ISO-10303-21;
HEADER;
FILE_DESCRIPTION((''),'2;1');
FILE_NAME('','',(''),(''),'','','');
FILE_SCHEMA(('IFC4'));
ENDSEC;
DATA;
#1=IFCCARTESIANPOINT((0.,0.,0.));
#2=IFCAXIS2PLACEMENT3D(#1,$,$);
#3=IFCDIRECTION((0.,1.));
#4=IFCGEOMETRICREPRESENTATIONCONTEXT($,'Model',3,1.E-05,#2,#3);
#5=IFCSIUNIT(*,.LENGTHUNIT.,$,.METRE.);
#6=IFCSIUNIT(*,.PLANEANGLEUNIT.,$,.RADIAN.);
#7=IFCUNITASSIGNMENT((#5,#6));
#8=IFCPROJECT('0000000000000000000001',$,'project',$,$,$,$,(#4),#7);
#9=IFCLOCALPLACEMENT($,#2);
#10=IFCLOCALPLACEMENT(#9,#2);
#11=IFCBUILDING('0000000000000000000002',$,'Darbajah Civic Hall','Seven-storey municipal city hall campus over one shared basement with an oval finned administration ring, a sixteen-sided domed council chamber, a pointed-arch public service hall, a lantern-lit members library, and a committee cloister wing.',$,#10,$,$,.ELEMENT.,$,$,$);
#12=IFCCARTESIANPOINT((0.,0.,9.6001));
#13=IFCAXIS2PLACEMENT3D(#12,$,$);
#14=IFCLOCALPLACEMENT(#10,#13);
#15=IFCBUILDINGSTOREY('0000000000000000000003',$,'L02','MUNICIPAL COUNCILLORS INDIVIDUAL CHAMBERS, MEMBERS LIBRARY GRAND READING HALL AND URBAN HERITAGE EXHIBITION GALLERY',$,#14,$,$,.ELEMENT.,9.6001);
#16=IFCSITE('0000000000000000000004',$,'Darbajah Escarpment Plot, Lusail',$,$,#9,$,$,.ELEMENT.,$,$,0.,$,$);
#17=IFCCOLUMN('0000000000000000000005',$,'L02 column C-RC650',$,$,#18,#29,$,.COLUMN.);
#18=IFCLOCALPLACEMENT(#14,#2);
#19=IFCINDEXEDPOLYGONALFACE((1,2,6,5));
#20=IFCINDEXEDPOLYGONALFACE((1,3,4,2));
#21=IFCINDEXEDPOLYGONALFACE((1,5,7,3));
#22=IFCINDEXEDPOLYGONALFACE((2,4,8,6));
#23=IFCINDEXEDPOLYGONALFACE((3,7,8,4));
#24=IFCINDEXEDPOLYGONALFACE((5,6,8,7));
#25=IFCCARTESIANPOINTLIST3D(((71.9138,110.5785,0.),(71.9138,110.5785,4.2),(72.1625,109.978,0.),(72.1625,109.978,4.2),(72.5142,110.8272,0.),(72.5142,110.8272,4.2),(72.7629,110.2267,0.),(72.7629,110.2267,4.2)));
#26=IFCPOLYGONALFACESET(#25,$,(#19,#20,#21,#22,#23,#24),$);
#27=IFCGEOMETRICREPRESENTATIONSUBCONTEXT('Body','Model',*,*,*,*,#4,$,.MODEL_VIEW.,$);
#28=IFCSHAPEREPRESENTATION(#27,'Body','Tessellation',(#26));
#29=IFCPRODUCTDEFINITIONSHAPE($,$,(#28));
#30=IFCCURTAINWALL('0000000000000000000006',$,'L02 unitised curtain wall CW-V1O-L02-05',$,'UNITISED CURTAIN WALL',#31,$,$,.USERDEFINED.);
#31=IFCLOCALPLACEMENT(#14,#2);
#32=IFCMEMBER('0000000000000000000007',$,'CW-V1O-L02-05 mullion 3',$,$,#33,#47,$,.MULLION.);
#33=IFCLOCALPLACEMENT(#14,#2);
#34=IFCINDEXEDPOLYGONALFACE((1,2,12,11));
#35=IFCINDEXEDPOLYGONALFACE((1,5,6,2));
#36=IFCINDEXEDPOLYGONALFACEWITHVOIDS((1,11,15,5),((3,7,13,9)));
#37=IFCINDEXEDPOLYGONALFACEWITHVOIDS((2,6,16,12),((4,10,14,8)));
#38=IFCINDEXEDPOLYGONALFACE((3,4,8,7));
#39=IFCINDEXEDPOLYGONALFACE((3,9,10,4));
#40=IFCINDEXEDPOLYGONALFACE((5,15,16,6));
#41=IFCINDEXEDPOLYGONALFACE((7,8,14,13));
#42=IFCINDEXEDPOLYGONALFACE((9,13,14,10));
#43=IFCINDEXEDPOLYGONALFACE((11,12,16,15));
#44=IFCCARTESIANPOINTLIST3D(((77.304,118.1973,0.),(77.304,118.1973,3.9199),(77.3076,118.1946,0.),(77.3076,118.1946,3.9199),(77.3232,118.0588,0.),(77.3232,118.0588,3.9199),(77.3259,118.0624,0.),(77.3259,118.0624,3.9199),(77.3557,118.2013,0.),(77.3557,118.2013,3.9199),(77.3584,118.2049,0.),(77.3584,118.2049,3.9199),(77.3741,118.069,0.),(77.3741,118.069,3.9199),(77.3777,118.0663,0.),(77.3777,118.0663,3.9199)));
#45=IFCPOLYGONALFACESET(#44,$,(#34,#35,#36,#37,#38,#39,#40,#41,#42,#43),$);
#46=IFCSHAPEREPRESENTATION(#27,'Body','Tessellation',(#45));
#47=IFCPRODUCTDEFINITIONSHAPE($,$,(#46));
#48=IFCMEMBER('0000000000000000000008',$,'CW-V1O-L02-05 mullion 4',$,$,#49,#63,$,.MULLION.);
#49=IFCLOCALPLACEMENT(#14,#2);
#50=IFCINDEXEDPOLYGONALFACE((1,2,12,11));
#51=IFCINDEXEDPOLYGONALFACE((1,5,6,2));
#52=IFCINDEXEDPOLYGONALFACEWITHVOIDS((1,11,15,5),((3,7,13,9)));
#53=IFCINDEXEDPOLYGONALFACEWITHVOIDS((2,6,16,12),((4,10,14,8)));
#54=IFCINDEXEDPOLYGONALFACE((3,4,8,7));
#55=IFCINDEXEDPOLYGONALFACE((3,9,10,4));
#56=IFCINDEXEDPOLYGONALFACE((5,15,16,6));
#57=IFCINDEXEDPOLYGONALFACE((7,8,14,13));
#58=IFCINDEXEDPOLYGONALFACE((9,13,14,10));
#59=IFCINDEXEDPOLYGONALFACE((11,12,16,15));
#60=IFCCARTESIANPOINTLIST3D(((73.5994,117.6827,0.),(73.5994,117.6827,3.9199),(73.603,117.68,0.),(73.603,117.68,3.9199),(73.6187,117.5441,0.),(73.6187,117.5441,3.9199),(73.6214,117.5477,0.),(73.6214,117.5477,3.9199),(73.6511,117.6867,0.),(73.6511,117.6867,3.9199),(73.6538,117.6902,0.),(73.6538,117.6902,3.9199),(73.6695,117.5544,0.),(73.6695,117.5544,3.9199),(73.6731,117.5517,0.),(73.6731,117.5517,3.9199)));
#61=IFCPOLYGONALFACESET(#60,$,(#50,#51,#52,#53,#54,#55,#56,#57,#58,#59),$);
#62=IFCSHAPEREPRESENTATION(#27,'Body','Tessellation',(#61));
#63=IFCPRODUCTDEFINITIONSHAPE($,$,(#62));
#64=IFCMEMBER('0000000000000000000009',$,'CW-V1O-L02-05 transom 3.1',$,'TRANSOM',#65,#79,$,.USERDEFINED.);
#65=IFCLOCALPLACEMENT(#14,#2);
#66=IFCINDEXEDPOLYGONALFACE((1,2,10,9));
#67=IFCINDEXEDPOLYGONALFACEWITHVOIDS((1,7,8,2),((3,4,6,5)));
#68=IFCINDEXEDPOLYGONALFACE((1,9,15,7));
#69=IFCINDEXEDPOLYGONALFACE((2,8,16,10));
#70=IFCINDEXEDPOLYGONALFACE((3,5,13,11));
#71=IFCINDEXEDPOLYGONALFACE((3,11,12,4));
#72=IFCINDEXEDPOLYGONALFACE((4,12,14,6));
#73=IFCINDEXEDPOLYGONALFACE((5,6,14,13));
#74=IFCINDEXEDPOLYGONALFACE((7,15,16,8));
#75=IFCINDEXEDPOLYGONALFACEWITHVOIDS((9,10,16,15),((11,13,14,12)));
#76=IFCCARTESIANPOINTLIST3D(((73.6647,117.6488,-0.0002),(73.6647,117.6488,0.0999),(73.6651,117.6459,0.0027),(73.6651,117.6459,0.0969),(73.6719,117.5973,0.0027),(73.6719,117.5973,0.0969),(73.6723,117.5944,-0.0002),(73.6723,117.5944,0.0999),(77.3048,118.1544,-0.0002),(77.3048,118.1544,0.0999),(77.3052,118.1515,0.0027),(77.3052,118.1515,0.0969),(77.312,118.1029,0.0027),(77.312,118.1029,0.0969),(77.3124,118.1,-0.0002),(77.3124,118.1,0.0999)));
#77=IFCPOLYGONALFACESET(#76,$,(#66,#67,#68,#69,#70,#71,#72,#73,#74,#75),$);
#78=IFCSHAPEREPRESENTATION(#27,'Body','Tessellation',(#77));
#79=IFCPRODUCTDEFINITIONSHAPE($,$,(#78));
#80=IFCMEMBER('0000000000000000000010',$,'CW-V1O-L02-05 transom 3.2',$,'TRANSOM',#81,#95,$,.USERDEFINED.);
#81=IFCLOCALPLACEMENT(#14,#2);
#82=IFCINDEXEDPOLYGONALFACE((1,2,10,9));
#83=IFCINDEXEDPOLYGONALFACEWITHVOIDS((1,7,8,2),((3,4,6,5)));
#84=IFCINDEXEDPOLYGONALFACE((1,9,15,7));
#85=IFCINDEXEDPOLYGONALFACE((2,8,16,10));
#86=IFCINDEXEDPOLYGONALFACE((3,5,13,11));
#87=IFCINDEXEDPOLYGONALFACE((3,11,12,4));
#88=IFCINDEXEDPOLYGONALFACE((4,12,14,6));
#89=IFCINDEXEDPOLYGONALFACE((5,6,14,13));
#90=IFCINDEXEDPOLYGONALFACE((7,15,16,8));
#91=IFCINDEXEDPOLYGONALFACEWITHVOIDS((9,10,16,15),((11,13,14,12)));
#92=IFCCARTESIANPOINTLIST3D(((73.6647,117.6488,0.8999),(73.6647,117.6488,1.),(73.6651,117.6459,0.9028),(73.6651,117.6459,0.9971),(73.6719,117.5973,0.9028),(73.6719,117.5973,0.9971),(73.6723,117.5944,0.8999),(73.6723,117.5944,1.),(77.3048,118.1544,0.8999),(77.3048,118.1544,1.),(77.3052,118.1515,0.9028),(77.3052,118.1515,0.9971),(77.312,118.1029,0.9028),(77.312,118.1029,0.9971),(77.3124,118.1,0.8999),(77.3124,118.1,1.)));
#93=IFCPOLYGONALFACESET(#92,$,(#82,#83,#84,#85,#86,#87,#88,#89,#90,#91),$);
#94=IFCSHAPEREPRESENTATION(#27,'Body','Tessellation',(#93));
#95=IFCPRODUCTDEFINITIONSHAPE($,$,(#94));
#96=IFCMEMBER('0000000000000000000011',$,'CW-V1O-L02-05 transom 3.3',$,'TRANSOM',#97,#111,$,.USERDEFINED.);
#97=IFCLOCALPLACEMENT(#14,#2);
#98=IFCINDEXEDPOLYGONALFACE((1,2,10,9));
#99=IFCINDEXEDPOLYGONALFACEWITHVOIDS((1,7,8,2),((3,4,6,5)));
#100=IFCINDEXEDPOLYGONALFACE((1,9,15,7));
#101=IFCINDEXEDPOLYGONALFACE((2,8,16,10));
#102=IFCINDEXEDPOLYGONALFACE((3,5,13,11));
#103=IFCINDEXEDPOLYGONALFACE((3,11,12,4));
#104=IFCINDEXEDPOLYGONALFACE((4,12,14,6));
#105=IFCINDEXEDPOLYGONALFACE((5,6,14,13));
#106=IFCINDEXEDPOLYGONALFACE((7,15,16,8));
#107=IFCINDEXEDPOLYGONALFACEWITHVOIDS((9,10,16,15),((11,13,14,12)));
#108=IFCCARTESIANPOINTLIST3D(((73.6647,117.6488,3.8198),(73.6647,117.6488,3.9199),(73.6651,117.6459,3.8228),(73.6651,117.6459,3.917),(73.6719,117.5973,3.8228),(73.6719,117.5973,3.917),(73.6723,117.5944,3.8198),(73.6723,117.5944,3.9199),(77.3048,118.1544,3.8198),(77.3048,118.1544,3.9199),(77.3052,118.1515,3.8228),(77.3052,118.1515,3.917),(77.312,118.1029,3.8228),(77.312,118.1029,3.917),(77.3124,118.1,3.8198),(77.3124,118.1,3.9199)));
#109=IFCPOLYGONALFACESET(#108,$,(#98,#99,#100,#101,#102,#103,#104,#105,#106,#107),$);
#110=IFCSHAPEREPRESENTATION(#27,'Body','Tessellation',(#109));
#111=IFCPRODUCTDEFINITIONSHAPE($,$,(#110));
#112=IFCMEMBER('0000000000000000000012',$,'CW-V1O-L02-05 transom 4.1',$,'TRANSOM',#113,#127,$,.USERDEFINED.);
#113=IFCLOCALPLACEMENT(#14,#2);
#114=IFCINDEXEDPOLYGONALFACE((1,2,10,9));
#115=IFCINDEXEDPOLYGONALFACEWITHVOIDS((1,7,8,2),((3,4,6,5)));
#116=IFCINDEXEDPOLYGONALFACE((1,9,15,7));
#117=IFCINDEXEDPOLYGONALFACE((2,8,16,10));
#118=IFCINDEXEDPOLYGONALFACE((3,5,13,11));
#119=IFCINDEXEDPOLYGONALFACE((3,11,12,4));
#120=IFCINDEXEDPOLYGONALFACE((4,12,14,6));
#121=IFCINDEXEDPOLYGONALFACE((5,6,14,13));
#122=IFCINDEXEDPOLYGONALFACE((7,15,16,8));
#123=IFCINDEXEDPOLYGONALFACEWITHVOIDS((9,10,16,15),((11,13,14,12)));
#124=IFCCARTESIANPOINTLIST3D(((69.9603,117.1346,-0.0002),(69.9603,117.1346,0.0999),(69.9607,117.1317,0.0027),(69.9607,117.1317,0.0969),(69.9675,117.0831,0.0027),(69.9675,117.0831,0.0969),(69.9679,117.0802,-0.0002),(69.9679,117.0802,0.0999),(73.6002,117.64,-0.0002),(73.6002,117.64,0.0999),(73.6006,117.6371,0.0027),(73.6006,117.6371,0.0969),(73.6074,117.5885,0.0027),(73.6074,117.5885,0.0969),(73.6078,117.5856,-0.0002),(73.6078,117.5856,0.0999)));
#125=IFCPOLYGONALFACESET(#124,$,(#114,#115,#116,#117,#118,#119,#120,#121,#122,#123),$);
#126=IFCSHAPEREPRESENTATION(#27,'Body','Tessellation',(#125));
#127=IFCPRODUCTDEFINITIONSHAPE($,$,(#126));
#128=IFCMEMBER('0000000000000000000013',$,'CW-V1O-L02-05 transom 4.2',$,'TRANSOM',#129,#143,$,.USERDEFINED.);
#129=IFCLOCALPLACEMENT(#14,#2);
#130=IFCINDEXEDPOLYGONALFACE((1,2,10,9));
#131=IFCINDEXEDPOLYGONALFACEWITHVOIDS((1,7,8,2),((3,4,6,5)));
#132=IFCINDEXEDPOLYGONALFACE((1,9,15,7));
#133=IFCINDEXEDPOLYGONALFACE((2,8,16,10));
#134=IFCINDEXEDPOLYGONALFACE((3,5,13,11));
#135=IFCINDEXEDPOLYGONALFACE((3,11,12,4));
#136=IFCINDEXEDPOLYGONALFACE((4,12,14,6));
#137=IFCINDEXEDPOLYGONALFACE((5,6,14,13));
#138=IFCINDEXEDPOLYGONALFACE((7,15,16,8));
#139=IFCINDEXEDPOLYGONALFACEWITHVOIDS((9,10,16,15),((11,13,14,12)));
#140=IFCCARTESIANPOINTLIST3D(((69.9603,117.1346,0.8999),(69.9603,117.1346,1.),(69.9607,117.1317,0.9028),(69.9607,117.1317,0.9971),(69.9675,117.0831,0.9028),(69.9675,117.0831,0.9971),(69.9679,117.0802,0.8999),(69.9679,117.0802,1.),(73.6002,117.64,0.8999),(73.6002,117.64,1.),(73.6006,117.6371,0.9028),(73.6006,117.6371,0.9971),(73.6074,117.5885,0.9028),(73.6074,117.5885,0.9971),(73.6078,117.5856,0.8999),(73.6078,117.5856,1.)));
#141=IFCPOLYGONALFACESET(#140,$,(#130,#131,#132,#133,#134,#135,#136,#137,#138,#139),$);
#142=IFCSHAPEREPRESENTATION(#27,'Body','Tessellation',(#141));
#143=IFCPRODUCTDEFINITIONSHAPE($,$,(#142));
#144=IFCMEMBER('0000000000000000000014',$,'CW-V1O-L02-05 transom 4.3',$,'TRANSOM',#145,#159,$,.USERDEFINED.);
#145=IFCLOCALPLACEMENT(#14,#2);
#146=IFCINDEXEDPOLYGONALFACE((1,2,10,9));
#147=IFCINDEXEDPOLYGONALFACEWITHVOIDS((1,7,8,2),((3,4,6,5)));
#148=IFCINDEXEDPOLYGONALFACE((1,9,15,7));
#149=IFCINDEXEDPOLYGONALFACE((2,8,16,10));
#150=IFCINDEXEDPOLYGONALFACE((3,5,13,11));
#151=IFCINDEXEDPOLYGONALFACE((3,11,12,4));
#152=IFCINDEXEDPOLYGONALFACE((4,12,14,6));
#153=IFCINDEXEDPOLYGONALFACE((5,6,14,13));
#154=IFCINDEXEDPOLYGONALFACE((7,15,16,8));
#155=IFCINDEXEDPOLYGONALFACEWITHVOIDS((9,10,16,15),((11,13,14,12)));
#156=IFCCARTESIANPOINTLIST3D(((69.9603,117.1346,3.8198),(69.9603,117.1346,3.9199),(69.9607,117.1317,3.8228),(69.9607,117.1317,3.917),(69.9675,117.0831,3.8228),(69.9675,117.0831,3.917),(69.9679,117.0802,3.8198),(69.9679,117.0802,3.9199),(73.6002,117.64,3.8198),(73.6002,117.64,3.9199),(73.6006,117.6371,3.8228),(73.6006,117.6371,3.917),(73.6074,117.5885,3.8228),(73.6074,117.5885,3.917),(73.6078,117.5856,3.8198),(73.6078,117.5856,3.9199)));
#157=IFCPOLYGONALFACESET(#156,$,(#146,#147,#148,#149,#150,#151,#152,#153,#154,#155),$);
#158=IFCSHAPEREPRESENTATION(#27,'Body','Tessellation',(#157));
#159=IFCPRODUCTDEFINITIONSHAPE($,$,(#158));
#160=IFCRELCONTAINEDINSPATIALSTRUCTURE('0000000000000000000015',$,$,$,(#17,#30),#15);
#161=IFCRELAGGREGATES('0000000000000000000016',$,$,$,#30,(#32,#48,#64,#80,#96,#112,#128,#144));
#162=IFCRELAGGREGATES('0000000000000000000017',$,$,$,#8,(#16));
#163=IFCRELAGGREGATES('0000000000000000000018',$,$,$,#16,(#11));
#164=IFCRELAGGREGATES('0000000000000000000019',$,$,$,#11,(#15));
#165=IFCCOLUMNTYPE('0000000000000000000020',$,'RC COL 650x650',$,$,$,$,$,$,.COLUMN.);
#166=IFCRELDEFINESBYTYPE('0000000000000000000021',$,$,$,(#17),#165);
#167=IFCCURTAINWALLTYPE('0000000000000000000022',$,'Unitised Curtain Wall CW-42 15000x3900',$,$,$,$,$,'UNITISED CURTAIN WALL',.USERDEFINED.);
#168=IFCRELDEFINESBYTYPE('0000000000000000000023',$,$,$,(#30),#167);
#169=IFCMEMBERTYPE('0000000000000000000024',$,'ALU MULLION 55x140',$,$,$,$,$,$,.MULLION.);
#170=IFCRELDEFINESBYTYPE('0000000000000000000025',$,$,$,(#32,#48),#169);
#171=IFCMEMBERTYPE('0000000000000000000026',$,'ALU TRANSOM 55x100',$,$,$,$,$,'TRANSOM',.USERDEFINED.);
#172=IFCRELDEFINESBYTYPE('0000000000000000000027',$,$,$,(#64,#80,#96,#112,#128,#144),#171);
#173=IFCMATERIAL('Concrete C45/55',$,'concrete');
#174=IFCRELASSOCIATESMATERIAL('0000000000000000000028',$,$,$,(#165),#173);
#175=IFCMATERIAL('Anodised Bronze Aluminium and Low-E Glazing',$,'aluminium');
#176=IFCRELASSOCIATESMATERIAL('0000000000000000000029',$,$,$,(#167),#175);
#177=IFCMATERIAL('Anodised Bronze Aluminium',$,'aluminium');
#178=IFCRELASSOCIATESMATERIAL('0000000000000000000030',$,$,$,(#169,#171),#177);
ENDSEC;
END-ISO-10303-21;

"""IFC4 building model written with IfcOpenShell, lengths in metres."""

from ifc_helpers import new_model, si_unit, direction, frame, origin, origin_2d, place, context, subcontext, project, spatial, rectangle, hollow_rectangle, extrude, material, material_profile, profile_set, type_object, element, aggregate, save


model = new_model("IFC4")

# Units and contexts
model_context = context("Model", 3, precision=1e-05, world=origin(), true_north=direction((0.0, 1.0)))
body_context = subcontext(model_context, "Body", "Model", "MODEL_VIEW")
ifc_project = project(units=[si_unit("LENGTHUNIT", "METRE"), si_unit("PLANEANGLEUNIT", "RADIAN")], contexts=[model_context])

# Site, building, storey
site_placement = place(None, origin())
site = spatial("IfcSite", under=ifc_project, at=site_placement, Name="Darbajah Escarpment Plot, Lusail", CompositionType="ELEMENT", RefElevation=0.0)
building_placement = place(site_placement, origin())
building = spatial("IfcBuilding", under=site, at=building_placement, Name="Darbajah Civic Hall", Description="Seven-storey municipal city hall campus over one shared basement with an oval finned administration ring, a sixteen-sided domed council chamber, a pointed-arch public service hall, a lantern-lit members library, and a committee cloister wing.", CompositionType="ELEMENT")
storey_placement = place(building_placement, frame((0.0, 0.0, 9.6001)))
storey = spatial("IfcBuildingStorey", under=building, at=storey_placement, Name="L02", Description="MUNICIPAL COUNCILLORS INDIVIDUAL CHAMBERS, MEMBERS LIBRARY GRAND READING HALL AND URBAN HERITAGE EXHIBITION GALLERY", CompositionType="ELEMENT", Elevation=9.6001)

# Column
ifc_material_1 = material(Name="Concrete C45/55", Category="concrete")
ifc_material_profile_1 = material_profile(ifc_material_1, rectangle(XDim=0.6499, YDim=0.6499, at=origin_2d()), Name="RC COL 650x650")
ifc_profile_set_1 = profile_set([ifc_material_profile_1], Name="Concrete C45/55")
column_type = type_object("IfcColumnType", Name="RC COL 650x650", PredefinedType="COLUMN", material=ifc_profile_set_1)
column_placement = place(storey_placement, frame((72.3384, 110.4026, 0.0), z_axis=(0.0, 0.0, 1.0), x_axis=(-0.382683, 0.92388, 0.0)))
element("IfcColumn", 1, at=column_placement, inside=storey, type_object=column_type, Name="L02 column C-RC650", PredefinedType="COLUMN", context=body_context, shape_type="SweptSolid", body=[
    extrude(rectangle(XDim=0.6499, YDim=0.6499, at=origin_2d()), origin(), (0.0, 0.0, 1.0), 4.2),
])

# Curtain wall, members
ifc_material_2 = material(Name="Anodised Bronze Aluminium and Low-E Glazing", Category="aluminium")
curtain_wall_type = type_object("IfcCurtainWallType", Name="Unitised Curtain Wall CW-42 15000x3900", ElementType="UNITISED CURTAIN WALL", PredefinedType="USERDEFINED", material=ifc_material_2)
curtain_wall_placement = place(storey_placement, origin())
curtain_wall = element("IfcCurtainWall", 2, at=curtain_wall_placement, inside=storey, type_object=curtain_wall_type, Name="L02 unitised curtain wall CW-V1O-L02-05", ObjectType="UNITISED CURTAIN WALL", PredefinedType="USERDEFINED")
ifc_material_3 = material(Name="Anodised Bronze Aluminium", Category="aluminium")
ifc_material_profile_2 = material_profile(ifc_material_3, hollow_rectangle(XDim=0.0549, YDim=0.1399, WallThickness=0.0032, at=origin_2d()), Name="ALU MULLION 55x140")
ifc_profile_set_2 = profile_set([ifc_material_profile_2], Name="Anodised Bronze Aluminium")
member_type_1 = type_object("IfcMemberType", Name="ALU MULLION 55x140", PredefinedType="MULLION", material=ifc_profile_set_2)
member_1_placement = place(storey_placement, frame((77.3408, 118.1318, 0.0), z_axis=(0.0, 0.0, 1.0), x_axis=(-0.990485, -0.137617, 0.0)))
member_1 = element("IfcMember", 3, at=member_1_placement, type_object=member_type_1, Name="CW-V1O-L02-05 mullion 3", PredefinedType="MULLION", context=body_context, shape_type="SweptSolid", body=[
    extrude(hollow_rectangle(XDim=0.0549, YDim=0.1399, WallThickness=0.0032, at=origin_2d()), origin(), (0.0, 0.0, 1.0), 3.9199),
])
member_2_placement = place(storey_placement, frame((73.6362, 117.6172, 0.0), z_axis=(0.0, 0.0, 1.0), x_axis=(-0.990485, -0.137617, 0.0)))
member_2 = element("IfcMember", 4, at=member_2_placement, type_object=member_type_1, Name="CW-V1O-L02-05 mullion 4", PredefinedType="MULLION", context=body_context, shape_type="SweptSolid", body=[
    extrude(hollow_rectangle(XDim=0.0549, YDim=0.1399, WallThickness=0.0032, at=origin_2d()), origin(), (0.0, 0.0, 1.0), 3.9199),
])
ifc_material_profile_3 = material_profile(ifc_material_3, hollow_rectangle(XDim=0.0549, YDim=0.1001, WallThickness=0.0029, at=origin_2d()), Name="ALU TRANSOM 55x100")
ifc_profile_set_3 = profile_set([ifc_material_profile_3], Name="Anodised Bronze Aluminium")
member_type_2 = type_object("IfcMemberType", Name="ALU TRANSOM 55x100", ElementType="TRANSOM", PredefinedType="USERDEFINED", material=ifc_profile_set_3)
member_3_placement = place(storey_placement, frame((77.3086, 118.1272, 0.0498), z_axis=(-0.990491, -0.137579, 0.0), x_axis=(0.137579, -0.990491, 0.0)))
member_3 = element("IfcMember", 5, at=member_3_placement, type_object=member_type_2, Name="CW-V1O-L02-05 transom 3.1", ObjectType="TRANSOM", PredefinedType="USERDEFINED", context=body_context, shape_type="SweptSolid", body=[
    extrude(hollow_rectangle(XDim=0.0549, YDim=0.1001, WallThickness=0.0029, at=origin_2d()), origin(), (0.0, 0.0, 1.0), 3.675),
])
member_4_placement = place(storey_placement, frame((77.3086, 118.1272, 0.95), z_axis=(-0.990491, -0.137579, 0.0), x_axis=(0.137579, -0.990491, 0.0)))
member_4 = element("IfcMember", 6, at=member_4_placement, type_object=member_type_2, Name="CW-V1O-L02-05 transom 3.2", ObjectType="TRANSOM", PredefinedType="USERDEFINED", context=body_context, shape_type="SweptSolid", body=[
    extrude(hollow_rectangle(XDim=0.0549, YDim=0.1001, WallThickness=0.0029, at=origin_2d()), origin(), (0.0, 0.0, 1.0), 3.675),
])
member_5_placement = place(storey_placement, frame((77.3086, 118.1272, 3.8699), z_axis=(-0.990491, -0.137579, 0.0), x_axis=(0.137579, -0.990491, 0.0)))
member_5 = element("IfcMember", 7, at=member_5_placement, type_object=member_type_2, Name="CW-V1O-L02-05 transom 3.3", ObjectType="TRANSOM", PredefinedType="USERDEFINED", context=body_context, shape_type="SweptSolid", body=[
    extrude(hollow_rectangle(XDim=0.0549, YDim=0.1001, WallThickness=0.0029, at=origin_2d()), origin(), (0.0, 0.0, 1.0), 3.675),
])
member_6_placement = place(storey_placement, frame((73.604, 117.6128, 0.0498), z_axis=(-0.990499, -0.137523, 0.0), x_axis=(0.137523, -0.990499, 0.0)))
member_6 = element("IfcMember", 8, at=member_6_placement, type_object=member_type_2, Name="CW-V1O-L02-05 transom 4.1", ObjectType="TRANSOM", PredefinedType="USERDEFINED", context=body_context, shape_type="SweptSolid", body=[
    extrude(hollow_rectangle(XDim=0.0549, YDim=0.1001, WallThickness=0.0029, at=origin_2d()), origin(), (0.0, 0.0, 1.0), 3.6748),
])
member_7_placement = place(storey_placement, frame((73.604, 117.6128, 0.95), z_axis=(-0.990499, -0.137523, 0.0), x_axis=(0.137523, -0.990499, 0.0)))
member_7 = element("IfcMember", 9, at=member_7_placement, type_object=member_type_2, Name="CW-V1O-L02-05 transom 4.2", ObjectType="TRANSOM", PredefinedType="USERDEFINED", context=body_context, shape_type="SweptSolid", body=[
    extrude(hollow_rectangle(XDim=0.0549, YDim=0.1001, WallThickness=0.0029, at=origin_2d()), origin(), (0.0, 0.0, 1.0), 3.6748),
])
member_8_placement = place(storey_placement, frame((73.604, 117.6128, 3.8699), z_axis=(-0.990499, -0.137523, 0.0), x_axis=(0.137523, -0.990499, 0.0)))
member_8 = element("IfcMember", 10, at=member_8_placement, type_object=member_type_2, Name="CW-V1O-L02-05 transom 4.3", ObjectType="TRANSOM", PredefinedType="USERDEFINED", context=body_context, shape_type="SweptSolid", body=[
    extrude(hollow_rectangle(XDim=0.0549, YDim=0.1001, WallThickness=0.0029, at=origin_2d()), origin(), (0.0, 0.0, 1.0), 3.6748),
])

aggregate(curtain_wall, [member_1, member_2, member_3, member_4, member_5, member_6, member_7, member_8])

save(model, "model.ifc")
